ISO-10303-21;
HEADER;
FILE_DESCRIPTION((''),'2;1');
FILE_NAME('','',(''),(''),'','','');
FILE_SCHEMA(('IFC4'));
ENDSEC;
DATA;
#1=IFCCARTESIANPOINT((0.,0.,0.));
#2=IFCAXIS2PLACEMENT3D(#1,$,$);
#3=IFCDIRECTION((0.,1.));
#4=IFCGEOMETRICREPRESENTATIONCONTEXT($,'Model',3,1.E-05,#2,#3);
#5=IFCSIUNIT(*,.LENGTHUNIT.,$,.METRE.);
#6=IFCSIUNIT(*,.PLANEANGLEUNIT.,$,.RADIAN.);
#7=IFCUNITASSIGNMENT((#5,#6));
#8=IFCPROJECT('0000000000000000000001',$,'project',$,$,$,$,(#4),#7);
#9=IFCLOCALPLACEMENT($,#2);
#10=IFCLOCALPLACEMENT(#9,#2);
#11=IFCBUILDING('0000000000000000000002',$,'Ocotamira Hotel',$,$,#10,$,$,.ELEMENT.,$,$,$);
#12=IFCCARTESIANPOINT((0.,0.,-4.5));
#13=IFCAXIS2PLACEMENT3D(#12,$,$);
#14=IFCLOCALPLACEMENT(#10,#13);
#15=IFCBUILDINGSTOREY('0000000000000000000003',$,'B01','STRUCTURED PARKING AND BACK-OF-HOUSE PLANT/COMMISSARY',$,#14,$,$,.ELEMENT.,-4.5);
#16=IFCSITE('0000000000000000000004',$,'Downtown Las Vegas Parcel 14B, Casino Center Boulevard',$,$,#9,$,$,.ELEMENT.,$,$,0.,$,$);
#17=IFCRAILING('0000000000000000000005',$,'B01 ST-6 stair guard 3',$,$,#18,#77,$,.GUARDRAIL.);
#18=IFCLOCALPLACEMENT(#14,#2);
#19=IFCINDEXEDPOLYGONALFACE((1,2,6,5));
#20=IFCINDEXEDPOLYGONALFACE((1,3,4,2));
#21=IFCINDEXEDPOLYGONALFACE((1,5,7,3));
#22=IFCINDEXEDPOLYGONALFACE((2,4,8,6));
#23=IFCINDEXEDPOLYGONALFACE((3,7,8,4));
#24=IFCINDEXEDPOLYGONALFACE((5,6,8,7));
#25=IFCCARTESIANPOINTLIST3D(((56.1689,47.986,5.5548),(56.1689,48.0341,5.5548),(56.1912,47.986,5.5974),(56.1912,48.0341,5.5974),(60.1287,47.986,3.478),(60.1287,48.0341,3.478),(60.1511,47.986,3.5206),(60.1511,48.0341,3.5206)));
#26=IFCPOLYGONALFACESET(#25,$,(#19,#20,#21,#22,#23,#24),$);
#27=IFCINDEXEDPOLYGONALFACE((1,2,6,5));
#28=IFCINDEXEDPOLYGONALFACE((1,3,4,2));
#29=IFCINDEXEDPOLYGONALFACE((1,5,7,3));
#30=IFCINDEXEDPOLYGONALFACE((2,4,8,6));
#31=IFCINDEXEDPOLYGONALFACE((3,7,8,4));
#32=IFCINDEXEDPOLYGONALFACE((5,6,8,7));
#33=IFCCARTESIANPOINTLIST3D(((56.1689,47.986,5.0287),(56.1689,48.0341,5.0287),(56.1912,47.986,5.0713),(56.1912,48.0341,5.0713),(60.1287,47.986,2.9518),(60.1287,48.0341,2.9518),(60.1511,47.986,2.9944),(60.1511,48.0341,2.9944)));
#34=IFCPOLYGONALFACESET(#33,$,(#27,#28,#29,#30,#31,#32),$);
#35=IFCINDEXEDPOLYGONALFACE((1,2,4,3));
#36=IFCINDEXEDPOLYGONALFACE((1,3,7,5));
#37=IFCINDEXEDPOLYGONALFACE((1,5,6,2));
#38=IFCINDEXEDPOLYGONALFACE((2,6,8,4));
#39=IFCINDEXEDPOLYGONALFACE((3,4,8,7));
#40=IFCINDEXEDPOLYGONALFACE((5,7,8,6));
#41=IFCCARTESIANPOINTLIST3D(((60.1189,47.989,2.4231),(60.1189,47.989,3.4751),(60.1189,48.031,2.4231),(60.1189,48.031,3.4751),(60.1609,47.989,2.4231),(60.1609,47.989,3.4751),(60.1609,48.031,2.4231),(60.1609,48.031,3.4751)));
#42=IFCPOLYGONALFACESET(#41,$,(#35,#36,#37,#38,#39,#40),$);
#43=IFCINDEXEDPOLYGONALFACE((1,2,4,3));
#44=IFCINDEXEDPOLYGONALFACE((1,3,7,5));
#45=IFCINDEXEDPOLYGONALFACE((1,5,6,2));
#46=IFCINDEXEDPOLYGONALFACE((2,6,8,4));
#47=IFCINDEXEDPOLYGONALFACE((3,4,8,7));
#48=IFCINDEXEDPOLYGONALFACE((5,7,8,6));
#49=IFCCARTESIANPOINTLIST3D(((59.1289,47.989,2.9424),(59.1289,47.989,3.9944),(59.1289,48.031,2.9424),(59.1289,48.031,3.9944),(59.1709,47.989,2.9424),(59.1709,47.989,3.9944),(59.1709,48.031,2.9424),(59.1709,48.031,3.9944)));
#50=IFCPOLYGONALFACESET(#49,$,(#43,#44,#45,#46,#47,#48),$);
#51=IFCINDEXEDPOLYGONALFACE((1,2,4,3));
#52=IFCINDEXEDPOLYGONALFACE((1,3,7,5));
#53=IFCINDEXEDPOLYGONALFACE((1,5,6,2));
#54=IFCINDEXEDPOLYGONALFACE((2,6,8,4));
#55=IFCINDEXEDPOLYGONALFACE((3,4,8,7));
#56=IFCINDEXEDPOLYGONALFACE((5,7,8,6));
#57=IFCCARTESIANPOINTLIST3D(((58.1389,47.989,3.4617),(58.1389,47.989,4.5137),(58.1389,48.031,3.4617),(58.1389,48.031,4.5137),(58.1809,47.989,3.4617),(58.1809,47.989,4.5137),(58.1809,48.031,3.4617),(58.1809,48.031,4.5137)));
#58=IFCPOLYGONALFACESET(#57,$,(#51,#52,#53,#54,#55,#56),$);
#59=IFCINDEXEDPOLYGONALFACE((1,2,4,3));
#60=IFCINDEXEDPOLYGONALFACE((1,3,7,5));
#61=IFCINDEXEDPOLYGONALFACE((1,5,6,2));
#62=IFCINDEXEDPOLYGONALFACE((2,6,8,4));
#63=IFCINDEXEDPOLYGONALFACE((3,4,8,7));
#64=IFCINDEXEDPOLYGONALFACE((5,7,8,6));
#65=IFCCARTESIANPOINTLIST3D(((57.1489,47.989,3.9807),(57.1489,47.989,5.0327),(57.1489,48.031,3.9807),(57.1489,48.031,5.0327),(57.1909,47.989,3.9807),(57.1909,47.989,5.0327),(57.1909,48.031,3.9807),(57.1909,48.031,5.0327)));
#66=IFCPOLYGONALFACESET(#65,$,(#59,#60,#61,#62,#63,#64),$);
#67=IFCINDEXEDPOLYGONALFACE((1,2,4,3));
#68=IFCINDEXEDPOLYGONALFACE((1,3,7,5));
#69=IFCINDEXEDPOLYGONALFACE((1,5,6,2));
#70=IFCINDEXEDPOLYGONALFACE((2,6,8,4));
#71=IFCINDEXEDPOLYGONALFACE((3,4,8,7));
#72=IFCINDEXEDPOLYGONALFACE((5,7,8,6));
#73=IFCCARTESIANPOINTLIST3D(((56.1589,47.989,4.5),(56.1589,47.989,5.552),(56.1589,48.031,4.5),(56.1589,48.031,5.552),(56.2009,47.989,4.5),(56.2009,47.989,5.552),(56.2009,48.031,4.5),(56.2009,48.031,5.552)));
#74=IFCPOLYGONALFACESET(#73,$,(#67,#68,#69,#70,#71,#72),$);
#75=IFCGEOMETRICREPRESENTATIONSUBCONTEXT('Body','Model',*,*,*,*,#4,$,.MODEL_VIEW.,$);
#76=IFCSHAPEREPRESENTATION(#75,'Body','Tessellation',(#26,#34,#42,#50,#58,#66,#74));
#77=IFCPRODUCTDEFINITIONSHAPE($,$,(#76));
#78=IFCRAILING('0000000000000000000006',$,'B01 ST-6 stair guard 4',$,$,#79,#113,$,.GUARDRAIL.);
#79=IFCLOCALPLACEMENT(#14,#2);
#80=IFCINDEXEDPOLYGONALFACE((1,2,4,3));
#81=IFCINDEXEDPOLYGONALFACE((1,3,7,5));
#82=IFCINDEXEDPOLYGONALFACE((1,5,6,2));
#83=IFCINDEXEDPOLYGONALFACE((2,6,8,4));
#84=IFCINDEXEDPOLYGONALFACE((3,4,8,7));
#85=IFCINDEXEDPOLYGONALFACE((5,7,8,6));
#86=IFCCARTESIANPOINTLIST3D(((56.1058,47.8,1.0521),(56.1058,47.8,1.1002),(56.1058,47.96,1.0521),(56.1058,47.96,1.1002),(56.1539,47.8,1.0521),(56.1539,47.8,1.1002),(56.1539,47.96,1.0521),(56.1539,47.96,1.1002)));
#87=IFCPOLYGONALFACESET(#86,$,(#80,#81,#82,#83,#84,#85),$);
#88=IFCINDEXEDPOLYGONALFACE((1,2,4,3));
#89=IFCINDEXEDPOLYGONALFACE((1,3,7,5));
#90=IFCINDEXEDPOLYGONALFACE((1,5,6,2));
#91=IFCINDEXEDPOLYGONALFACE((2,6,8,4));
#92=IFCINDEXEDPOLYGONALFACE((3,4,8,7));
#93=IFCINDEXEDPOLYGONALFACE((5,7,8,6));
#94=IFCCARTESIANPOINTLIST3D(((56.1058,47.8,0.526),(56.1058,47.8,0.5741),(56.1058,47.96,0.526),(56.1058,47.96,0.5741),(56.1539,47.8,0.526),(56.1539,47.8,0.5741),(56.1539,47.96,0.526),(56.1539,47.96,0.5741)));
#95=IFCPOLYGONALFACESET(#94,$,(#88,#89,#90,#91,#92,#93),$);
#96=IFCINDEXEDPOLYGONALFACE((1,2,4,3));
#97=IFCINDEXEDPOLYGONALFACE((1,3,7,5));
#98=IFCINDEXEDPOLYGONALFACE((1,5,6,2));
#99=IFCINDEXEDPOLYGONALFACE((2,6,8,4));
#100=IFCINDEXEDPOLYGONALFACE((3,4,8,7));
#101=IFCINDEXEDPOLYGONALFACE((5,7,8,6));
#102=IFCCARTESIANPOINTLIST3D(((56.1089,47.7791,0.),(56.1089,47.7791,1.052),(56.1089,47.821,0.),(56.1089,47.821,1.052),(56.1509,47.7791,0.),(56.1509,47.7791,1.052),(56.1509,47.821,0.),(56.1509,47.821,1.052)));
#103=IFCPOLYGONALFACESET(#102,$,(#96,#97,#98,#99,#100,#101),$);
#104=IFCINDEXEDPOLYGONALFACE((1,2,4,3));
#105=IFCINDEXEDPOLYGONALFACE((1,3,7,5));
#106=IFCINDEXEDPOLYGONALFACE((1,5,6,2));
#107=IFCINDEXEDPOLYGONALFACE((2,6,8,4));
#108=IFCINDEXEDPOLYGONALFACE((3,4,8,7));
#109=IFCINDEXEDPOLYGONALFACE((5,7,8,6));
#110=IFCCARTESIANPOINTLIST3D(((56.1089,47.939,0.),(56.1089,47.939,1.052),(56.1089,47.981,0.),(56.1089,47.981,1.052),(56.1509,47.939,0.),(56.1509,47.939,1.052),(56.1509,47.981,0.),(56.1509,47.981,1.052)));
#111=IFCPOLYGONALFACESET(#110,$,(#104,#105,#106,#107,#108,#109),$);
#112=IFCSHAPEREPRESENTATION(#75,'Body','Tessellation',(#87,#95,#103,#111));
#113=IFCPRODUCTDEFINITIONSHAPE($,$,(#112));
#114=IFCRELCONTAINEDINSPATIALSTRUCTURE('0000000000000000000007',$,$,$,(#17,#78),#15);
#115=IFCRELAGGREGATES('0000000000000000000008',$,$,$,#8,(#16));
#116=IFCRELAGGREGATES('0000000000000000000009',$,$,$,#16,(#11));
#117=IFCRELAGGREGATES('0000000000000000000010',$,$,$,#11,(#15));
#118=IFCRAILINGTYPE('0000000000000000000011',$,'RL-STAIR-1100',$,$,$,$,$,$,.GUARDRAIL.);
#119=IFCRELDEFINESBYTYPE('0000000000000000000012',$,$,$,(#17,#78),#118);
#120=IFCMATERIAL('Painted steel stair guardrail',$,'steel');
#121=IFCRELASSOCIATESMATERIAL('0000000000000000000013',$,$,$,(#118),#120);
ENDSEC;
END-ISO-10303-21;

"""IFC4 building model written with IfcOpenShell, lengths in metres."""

from ifc_helpers import new_model, si_unit, direction, frame, origin, origin_2d, place, context, subcontext, project, spatial, rectangle, extrude, material, type_object, element, save


model = new_model("IFC4")

# Units and contexts
model_context = context("Model", 3, precision=1e-05, world=origin(), true_north=direction((0.0, 1.0)))
body_context = subcontext(model_context, "Body", "Model", "MODEL_VIEW")
ifc_project = project(units=[si_unit("LENGTHUNIT", "METRE"), si_unit("PLANEANGLEUNIT", "RADIAN")], contexts=[model_context])

# Site, building, storey
site_placement = place(None, origin())
site = spatial("IfcSite", under=ifc_project, at=site_placement, Name="Downtown Las Vegas Parcel 14B, Casino Center Boulevard", CompositionType="ELEMENT", RefElevation=0.0)
building_placement = place(site_placement, origin())
building = spatial("IfcBuilding", under=site, at=building_placement, Name="Ocotamira Hotel", CompositionType="ELEMENT")
storey_placement = place(building_placement, frame((0.0, 0.0, -4.5)))
storey = spatial("IfcBuildingStorey", under=building, at=storey_placement, Name="B01", Description="STRUCTURED PARKING AND BACK-OF-HOUSE PLANT/COMMISSARY", CompositionType="ELEMENT", Elevation=-4.5)

# Railings
ifc_material_1 = material(Name="Painted steel stair guardrail", Category="steel")
railing_type_1 = type_object("IfcRailingType", Name="RL-STAIR-1100", PredefinedType="GUARDRAIL", material=ifc_material_1)
railing_1_placement = place(storey_placement, frame((60.1399, 48.01, 2.4231)))
element("IfcRailing", 1, at=railing_1_placement, inside=storey, type_object=railing_type_1, Name="B01 ST-6 stair guard 3", PredefinedType="GUARDRAIL", context=body_context, shape_type="SweptSolid", body=[
    extrude(rectangle(XDim=0.0481, YDim=0.0481, at=origin_2d()), frame((0.0, 0.0, 1.0762), z_axis=(-0.885589, 0.0, 0.46447), x_axis=(0.0, -1.0, 0.0)), (0.0, 0.0, 1.0), 4.4714),
    extrude(rectangle(XDim=0.0481, YDim=0.0481, at=origin_2d()), frame((0.0, 0.0, 0.55), z_axis=(-0.885589, 0.0, 0.46447), x_axis=(0.0, -1.0, 0.0)), (0.0, 0.0, 1.0), 4.4714),
    extrude(rectangle(XDim=0.042, YDim=0.042, at=origin_2d()), origin(), (0.0, 0.0, 1.0), 1.052),
    extrude(rectangle(XDim=0.042, YDim=0.042, at=origin_2d()), frame((-0.99, 0.0, 0.5193)), (0.0, 0.0, 1.0), 1.052),
    extrude(rectangle(XDim=0.042, YDim=0.042, at=origin_2d()), frame((-1.98, 0.0, 1.0386)), (0.0, 0.0, 1.0), 1.052),
    extrude(rectangle(XDim=0.042, YDim=0.042, at=origin_2d()), frame((-2.97, 0.0, 1.5576)), (0.0, 0.0, 1.0), 1.052),
    extrude(rectangle(XDim=0.042, YDim=0.042, at=origin_2d()), frame((-3.96, 0.0, 2.0769)), (0.0, 0.0, 1.0), 1.052),
])
railing_2_placement = place(storey_placement, frame((56.1299, 47.8, 0.0)))
element("IfcRailing", 2, at=railing_2_placement, inside=storey, type_object=railing_type_1, Name="B01 ST-6 stair guard 4", PredefinedType="GUARDRAIL", context=body_context, shape_type="SweptSolid", body=[
    extrude(rectangle(XDim=0.0481, YDim=0.0481, at=origin_2d()), frame((0.0, 0.0, 1.0762), z_axis=(0.0, 1.0, 0.0), x_axis=(-1.0, 0.0, 0.0)), (0.0, 0.0, 1.0), 0.1599),
    extrude(rectangle(XDim=0.0481, YDim=0.0481, at=origin_2d()), frame((0.0, 0.0, 0.55), z_axis=(0.0, 1.0, 0.0), x_axis=(-1.0, 0.0, 0.0)), (0.0, 0.0, 1.0), 0.1599),
    extrude(rectangle(XDim=0.042, YDim=0.042, at=origin_2d()), origin(), (0.0, 0.0, 1.0), 1.052),
    extrude(rectangle(XDim=0.042, YDim=0.042, at=origin_2d()), frame((0.0, 0.1599, 0.0)), (0.0, 0.0, 1.0), 1.052),
])

save(model, "model.ifc")
